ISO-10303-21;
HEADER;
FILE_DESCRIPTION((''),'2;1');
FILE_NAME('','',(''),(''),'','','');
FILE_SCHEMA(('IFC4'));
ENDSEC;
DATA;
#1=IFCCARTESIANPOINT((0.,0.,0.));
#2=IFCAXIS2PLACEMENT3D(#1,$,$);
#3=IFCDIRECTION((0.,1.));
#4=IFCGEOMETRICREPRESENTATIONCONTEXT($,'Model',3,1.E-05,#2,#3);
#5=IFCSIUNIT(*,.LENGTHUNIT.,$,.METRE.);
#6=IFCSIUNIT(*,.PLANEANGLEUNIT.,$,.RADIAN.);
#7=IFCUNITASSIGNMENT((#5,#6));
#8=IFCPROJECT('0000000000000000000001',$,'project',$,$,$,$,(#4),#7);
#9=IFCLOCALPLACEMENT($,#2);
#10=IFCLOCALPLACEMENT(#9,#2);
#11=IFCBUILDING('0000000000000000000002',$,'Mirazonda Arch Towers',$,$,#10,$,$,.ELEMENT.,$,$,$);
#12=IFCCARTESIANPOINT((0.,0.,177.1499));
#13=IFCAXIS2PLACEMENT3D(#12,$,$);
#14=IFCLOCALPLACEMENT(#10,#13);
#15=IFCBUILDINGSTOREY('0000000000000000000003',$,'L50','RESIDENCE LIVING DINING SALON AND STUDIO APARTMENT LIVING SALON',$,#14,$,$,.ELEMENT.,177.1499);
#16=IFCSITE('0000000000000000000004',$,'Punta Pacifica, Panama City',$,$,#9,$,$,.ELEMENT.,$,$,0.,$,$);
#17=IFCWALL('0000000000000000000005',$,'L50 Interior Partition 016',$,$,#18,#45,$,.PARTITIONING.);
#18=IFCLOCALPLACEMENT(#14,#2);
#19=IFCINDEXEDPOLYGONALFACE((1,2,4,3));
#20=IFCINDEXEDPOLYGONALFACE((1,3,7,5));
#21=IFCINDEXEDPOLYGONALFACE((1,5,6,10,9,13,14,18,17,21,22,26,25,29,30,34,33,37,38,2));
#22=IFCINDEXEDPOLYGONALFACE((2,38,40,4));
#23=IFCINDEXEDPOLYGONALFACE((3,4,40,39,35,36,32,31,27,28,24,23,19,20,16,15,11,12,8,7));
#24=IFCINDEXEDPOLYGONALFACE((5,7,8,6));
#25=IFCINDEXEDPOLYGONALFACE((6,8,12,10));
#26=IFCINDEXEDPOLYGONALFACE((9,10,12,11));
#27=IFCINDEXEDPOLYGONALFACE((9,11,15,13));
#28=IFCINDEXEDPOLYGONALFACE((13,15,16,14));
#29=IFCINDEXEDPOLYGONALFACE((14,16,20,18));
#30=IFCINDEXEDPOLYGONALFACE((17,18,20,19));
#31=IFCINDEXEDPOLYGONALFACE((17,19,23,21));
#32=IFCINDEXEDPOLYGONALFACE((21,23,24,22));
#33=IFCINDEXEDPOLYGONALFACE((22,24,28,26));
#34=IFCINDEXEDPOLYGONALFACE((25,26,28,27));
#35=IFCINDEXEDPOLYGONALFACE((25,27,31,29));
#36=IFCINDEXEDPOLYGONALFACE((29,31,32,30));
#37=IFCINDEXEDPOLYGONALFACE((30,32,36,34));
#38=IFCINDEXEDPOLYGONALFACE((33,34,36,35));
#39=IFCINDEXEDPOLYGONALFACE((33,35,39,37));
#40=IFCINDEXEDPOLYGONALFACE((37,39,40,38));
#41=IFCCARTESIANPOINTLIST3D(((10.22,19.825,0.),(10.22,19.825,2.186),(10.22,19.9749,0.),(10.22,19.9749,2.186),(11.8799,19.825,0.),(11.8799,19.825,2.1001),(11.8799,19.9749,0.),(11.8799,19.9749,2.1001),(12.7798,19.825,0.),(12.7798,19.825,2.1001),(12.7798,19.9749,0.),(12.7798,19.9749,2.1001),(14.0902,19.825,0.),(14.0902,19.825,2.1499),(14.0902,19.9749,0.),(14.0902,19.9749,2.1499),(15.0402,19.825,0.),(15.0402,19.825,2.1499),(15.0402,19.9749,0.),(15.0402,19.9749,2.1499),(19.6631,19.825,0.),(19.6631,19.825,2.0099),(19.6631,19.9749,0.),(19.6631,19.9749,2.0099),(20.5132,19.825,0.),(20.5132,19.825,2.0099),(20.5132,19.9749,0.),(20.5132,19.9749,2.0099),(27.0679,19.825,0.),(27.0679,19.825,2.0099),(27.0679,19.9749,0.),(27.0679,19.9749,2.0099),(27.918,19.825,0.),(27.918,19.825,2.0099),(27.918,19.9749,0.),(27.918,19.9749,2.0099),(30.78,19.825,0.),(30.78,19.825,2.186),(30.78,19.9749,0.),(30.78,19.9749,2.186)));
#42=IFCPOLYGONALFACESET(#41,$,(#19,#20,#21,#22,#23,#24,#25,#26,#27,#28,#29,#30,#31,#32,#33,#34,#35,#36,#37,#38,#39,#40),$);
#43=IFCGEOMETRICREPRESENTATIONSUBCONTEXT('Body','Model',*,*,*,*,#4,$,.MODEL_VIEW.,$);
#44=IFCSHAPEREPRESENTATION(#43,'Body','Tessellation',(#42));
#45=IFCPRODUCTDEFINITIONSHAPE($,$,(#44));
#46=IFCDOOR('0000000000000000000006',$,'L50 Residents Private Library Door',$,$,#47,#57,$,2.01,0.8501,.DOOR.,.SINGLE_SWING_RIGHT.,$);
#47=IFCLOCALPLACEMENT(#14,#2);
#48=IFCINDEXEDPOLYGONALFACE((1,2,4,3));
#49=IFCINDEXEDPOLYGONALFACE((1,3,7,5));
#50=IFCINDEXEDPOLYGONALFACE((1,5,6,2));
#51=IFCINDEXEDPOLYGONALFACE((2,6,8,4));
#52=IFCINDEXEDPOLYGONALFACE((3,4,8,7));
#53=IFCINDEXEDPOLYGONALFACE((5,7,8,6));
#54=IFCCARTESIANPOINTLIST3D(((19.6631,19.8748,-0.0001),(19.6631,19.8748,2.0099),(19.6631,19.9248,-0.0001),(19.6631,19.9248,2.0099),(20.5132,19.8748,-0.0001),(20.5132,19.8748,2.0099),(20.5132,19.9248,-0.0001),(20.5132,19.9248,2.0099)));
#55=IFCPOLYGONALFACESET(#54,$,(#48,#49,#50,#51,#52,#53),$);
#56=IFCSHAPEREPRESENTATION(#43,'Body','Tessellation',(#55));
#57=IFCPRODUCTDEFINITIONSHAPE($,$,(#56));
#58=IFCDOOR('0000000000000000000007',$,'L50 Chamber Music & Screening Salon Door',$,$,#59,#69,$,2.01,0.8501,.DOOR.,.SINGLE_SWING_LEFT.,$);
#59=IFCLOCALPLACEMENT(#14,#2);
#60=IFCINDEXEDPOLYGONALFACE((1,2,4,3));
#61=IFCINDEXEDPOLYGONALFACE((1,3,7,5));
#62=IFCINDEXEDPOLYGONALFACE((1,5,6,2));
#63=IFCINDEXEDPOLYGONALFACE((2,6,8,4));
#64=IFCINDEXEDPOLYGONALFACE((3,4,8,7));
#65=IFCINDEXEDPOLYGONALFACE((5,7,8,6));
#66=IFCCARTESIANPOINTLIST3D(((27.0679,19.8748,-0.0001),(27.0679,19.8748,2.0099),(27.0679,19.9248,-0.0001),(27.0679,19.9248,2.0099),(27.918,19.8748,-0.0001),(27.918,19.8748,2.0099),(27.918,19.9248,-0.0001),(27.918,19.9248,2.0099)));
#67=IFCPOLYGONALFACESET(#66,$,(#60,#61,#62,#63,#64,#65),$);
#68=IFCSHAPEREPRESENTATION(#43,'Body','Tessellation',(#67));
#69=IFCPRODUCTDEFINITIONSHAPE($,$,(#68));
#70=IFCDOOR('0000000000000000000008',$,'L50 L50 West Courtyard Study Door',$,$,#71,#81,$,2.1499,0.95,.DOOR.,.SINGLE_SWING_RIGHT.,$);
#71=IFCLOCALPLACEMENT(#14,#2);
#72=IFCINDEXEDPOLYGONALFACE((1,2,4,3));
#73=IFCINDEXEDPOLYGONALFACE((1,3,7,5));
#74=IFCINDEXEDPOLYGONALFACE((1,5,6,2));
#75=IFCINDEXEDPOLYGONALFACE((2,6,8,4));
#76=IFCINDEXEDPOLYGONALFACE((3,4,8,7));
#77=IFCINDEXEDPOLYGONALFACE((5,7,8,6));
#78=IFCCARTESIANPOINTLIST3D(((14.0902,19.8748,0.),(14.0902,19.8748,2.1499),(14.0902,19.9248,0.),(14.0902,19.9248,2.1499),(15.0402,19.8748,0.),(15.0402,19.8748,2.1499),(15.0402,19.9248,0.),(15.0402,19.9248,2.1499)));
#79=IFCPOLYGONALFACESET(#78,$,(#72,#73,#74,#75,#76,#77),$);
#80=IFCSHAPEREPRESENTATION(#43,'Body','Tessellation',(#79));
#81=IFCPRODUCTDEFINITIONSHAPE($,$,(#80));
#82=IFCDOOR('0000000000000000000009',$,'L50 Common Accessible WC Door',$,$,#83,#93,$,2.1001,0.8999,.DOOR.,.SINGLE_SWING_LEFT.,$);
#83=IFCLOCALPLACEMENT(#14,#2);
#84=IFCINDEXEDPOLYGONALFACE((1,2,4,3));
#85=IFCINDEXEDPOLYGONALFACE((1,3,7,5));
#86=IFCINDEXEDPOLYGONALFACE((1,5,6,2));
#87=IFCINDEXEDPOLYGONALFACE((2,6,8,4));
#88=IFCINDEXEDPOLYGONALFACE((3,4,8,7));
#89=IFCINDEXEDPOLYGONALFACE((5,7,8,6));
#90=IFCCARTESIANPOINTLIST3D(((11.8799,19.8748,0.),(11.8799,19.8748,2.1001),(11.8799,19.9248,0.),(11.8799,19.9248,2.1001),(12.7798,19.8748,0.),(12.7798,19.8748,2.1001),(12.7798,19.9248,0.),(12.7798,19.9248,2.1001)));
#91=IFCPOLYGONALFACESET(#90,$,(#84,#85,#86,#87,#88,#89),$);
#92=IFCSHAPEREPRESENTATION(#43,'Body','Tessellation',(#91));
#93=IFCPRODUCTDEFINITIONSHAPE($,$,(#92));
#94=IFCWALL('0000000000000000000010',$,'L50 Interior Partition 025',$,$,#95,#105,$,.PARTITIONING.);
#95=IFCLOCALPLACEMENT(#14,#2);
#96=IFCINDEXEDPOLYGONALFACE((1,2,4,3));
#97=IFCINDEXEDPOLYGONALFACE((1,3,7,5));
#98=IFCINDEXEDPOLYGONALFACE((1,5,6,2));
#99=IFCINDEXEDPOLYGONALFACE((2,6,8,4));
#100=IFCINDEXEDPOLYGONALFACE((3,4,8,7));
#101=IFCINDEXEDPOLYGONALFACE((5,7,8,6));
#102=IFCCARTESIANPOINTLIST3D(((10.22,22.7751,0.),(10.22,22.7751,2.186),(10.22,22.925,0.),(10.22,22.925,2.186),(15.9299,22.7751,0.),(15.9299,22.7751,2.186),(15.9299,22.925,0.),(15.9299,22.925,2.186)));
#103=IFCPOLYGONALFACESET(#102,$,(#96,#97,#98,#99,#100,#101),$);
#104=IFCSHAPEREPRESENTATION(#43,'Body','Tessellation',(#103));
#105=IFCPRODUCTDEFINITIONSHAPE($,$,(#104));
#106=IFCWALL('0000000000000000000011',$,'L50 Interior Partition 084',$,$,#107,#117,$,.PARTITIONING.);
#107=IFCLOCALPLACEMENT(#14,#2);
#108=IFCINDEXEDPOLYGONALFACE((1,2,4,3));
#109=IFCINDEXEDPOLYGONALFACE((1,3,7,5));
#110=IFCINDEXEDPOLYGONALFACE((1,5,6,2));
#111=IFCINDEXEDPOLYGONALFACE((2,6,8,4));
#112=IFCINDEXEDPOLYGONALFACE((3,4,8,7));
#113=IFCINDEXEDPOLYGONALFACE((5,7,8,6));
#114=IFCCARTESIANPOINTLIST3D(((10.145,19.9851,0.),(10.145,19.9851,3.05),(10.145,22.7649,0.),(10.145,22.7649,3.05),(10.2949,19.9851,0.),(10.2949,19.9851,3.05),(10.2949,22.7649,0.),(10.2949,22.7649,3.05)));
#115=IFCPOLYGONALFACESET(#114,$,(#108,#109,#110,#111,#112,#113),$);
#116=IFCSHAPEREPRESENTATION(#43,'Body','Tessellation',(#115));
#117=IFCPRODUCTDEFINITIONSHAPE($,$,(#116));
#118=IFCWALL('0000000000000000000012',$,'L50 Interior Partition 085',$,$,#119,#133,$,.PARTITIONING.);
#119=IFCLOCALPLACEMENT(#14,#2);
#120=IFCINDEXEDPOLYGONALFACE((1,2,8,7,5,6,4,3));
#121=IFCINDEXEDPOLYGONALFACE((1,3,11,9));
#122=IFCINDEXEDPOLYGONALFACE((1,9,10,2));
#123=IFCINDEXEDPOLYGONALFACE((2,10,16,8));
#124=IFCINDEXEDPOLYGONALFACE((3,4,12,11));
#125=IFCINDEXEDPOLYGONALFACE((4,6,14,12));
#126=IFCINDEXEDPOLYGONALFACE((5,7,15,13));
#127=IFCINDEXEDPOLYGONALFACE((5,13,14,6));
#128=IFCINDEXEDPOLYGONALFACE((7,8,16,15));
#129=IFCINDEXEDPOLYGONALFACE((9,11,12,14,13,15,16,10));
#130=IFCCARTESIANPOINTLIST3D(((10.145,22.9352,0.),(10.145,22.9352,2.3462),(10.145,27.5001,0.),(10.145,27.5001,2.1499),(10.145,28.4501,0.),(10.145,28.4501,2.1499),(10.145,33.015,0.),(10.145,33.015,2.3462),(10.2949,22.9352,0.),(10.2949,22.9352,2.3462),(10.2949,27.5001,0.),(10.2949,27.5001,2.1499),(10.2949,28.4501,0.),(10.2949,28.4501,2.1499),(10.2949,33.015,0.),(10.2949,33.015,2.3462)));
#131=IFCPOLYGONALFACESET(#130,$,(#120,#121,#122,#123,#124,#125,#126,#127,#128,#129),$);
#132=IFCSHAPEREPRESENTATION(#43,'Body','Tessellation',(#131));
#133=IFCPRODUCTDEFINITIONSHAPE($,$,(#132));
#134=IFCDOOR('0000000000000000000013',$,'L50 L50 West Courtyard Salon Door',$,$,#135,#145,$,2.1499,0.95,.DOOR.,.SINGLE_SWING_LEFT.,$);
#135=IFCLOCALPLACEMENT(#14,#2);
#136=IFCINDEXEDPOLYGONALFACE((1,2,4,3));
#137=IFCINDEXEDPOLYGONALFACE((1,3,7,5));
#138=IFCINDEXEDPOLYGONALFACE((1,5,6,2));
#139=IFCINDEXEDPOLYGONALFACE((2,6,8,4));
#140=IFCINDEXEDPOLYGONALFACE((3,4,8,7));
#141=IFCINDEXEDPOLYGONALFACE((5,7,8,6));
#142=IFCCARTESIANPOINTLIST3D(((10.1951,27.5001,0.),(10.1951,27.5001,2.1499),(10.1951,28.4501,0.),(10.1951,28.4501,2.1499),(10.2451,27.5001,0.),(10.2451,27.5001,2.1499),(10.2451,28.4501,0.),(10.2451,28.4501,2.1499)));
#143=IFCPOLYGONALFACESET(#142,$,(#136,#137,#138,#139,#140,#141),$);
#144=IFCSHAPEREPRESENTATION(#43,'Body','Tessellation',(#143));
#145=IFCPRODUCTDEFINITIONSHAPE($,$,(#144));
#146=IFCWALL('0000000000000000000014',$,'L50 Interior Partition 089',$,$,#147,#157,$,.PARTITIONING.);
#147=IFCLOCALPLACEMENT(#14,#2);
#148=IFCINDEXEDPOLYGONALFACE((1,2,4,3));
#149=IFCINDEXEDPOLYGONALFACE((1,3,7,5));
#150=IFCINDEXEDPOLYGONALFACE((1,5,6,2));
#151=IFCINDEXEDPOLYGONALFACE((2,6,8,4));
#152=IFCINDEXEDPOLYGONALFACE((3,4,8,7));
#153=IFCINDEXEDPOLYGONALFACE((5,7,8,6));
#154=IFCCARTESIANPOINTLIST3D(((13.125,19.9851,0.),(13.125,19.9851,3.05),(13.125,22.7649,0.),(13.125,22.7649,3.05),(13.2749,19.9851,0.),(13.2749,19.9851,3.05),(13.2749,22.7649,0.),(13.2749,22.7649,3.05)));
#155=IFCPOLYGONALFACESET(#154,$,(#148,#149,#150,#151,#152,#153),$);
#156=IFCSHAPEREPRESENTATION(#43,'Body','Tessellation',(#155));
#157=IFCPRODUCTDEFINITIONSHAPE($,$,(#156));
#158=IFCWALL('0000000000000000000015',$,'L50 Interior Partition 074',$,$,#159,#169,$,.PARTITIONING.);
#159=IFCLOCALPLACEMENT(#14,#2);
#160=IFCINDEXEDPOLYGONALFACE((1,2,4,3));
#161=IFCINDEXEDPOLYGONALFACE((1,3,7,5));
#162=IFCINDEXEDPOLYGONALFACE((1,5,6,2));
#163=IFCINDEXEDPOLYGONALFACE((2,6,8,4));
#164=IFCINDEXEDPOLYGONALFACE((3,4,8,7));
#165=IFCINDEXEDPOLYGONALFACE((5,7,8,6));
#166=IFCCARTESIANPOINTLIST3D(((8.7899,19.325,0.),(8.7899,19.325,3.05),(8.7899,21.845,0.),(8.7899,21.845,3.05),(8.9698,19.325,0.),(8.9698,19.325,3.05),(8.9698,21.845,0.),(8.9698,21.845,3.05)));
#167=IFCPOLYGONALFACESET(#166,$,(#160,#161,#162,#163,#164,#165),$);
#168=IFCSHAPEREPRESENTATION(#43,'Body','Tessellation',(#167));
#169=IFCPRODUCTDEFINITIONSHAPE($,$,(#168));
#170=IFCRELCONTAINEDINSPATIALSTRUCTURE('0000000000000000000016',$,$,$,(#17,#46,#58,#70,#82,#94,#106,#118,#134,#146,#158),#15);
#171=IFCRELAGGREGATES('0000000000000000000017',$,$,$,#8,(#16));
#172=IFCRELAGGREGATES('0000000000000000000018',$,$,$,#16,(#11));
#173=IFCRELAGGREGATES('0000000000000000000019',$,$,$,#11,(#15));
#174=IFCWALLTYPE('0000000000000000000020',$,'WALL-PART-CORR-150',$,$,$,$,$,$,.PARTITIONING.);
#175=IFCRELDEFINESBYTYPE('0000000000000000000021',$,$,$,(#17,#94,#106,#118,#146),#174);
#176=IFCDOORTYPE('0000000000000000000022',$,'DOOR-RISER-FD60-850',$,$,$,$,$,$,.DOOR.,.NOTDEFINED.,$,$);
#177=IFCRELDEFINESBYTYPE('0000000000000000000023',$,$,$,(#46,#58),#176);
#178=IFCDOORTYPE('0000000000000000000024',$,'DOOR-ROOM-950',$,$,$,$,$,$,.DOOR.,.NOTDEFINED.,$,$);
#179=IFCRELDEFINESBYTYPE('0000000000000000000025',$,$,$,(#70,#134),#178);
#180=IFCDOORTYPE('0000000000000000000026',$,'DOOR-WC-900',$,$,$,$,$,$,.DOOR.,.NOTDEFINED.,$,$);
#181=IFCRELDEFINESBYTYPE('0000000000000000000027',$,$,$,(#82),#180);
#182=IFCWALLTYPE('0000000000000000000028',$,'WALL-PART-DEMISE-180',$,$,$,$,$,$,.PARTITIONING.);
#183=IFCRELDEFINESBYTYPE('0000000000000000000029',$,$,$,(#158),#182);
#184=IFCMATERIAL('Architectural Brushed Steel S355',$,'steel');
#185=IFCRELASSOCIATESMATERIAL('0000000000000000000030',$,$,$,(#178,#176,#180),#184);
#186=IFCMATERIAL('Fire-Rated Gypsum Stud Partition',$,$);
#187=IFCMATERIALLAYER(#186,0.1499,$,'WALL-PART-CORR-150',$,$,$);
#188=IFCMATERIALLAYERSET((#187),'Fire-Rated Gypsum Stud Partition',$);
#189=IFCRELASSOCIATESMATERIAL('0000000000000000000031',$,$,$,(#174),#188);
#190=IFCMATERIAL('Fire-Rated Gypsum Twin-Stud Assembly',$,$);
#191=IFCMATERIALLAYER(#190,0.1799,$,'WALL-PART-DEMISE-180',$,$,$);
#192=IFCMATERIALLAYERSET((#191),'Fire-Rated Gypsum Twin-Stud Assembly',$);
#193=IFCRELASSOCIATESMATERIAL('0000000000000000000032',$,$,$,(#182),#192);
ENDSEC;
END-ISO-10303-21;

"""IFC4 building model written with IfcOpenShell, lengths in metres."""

from ifc_helpers import new_model, si_unit, direction, frame, frame_2d, origin, place, context, subcontext, project, spatial, rectangle, extrude, material, layer, layer_set, type_object, element, fill, save


model = new_model("IFC4")

# Units and contexts
model_context = context("Model", 3, precision=1e-05, world=origin(), true_north=direction((0.0, 1.0)))
body_context = subcontext(model_context, "Body", "Model", "MODEL_VIEW")
ifc_project = project(units=[si_unit("LENGTHUNIT", "METRE"), si_unit("PLANEANGLEUNIT", "RADIAN")], contexts=[model_context])

# Site, building, storey
site_placement = place(None, origin())
site = spatial("IfcSite", under=ifc_project, at=site_placement, Name="Punta Pacifica, Panama City", CompositionType="ELEMENT", RefElevation=0.0)
building_placement = place(site_placement, origin())
building = spatial("IfcBuilding", under=site, at=building_placement, Name="Mirazonda Arch Towers", CompositionType="ELEMENT")
storey_placement = place(building_placement, frame((0.0, 0.0, 177.1499)))
storey = spatial("IfcBuildingStorey", under=building, at=storey_placement, Name="L50", Description="RESIDENCE LIVING DINING SALON AND STUDIO APARTMENT LIVING SALON", CompositionType="ELEMENT", Elevation=177.1499)

# Shared definitions
ifc_material_1 = material(Name="Architectural Brushed Steel S355", Category="steel")

# Shared definitions
door_type_1 = type_object("IfcDoorType", Name="DOOR-ROOM-950", OperationType="NOTDEFINED", PredefinedType="DOOR", material=ifc_material_1)

# Shared definitions
ifc_material_2 = material(Name="Fire-Rated Gypsum Stud Partition")
ifc_layer_1 = layer(ifc_material_2, 0.1499, Name="WALL-PART-CORR-150")
ifc_layer_set_1 = layer_set([ifc_layer_1], Name="Fire-Rated Gypsum Stud Partition")
wall_type_1 = type_object("IfcWallType", Name="WALL-PART-CORR-150", PredefinedType="PARTITIONING", material=ifc_layer_set_1)

# Wall, openings, doors
wall_1_placement = place(storey_placement, frame((10.22, 19.8999, 0.0), z_axis=(0.0, 0.0, 1.0), x_axis=(1.0, 0.0, 0.0)))
wall_1 = element("IfcWall", 1, at=wall_1_placement, inside=storey, type_object=wall_type_1, Name="L50 Interior Partition 016", PredefinedType="PARTITIONING", context=body_context, shape_type="SweptSolid", body=[
    extrude(rectangle(XDim=20.5601, YDim=0.1499, at=frame_2d((10.28, 0.0))), origin(), (0.0, 0.0, 1.0), 2.186),
])
opening_1_placement = place(wall_1_placement, frame((1.6599, 0.0, 0.0)))
opening_1 = element("IfcOpeningElement", 2, at=opening_1_placement, cuts=wall_1, PredefinedType="OPENING", context=body_context, shape_type="SweptSolid", body=[
    extrude(rectangle(XDim=0.8999, YDim=2.1001, at=frame_2d((0.45, 1.05))), frame((0.0, 0.085, 0.0), z_axis=(0.0, -1.0, 0.0), x_axis=(1.0, 0.0, 0.0)), (0.0, 0.0, 1.0), 0.1699),
])
opening_2_placement = place(wall_1_placement, frame((3.8701, 0.0, 0.0)))
opening_2 = element("IfcOpeningElement", 3, at=opening_2_placement, cuts=wall_1, PredefinedType="OPENING", context=body_context, shape_type="SweptSolid", body=[
    extrude(rectangle(XDim=0.95, YDim=2.1499, at=frame_2d((0.4751, 1.075))), frame((0.0, 0.085, 0.0), z_axis=(0.0, -1.0, 0.0), x_axis=(1.0, 0.0, 0.0)), (0.0, 0.0, 1.0), 0.1699),
])
opening_3_placement = place(wall_1_placement, frame((9.4431, 0.0, 0.0)))
opening_3 = element("IfcOpeningElement", 4, at=opening_3_placement, cuts=wall_1, PredefinedType="OPENING", context=body_context, shape_type="SweptSolid", body=[
    extrude(rectangle(XDim=0.8501, YDim=2.01, at=frame_2d((0.425, 1.0049))), frame((0.0, 0.085, 0.0), z_axis=(0.0, -1.0, 0.0), x_axis=(1.0, 0.0, 0.0)), (0.0, 0.0, 1.0), 0.1699),
])
opening_4_placement = place(wall_1_placement, frame((16.8479, 0.0, 0.0)))
opening_4 = element("IfcOpeningElement", 5, at=opening_4_placement, cuts=wall_1, PredefinedType="OPENING", context=body_context, shape_type="SweptSolid", body=[
    extrude(rectangle(XDim=0.8501, YDim=2.01, at=frame_2d((0.425, 1.0049))), frame((0.0, 0.085, 0.0), z_axis=(0.0, -1.0, 0.0), x_axis=(1.0, 0.0, 0.0)), (0.0, 0.0, 1.0), 0.1699),
])
door_type_2 = type_object("IfcDoorType", Name="DOOR-RISER-FD60-850", OperationType="NOTDEFINED", PredefinedType="DOOR", material=ifc_material_1)
door_1_placement = place(opening_3_placement, origin())
door_1 = element("IfcDoor", 6, at=door_1_placement, inside=storey, type_object=door_type_2, Name="L50 Residents Private Library Door", OperationType="SINGLE_SWING_RIGHT", OverallHeight=2.01, OverallWidth=0.8501, PredefinedType="DOOR", context=body_context, shape_type="SweptSolid", body=[
    extrude(rectangle(XDim=0.8501, YDim=2.01, at=frame_2d((0.425, 1.0049))), frame((0.0, 0.0249, 0.0), z_axis=(0.0, -1.0, 0.0), x_axis=(1.0, 0.0, 0.0)), (0.0, 0.0, 1.0), 0.05),
])
fill(opening_3, door_1)
door_2_placement = place(opening_4_placement, origin())
door_2 = element("IfcDoor", 7, at=door_2_placement, inside=storey, type_object=door_type_2, Name="L50 Chamber Music & Screening Salon Door", OperationType="SINGLE_SWING_LEFT", OverallHeight=2.01, OverallWidth=0.8501, PredefinedType="DOOR", context=body_context, shape_type="SweptSolid", body=[
    extrude(rectangle(XDim=0.8501, YDim=2.01, at=frame_2d((0.425, 1.0049))), frame((0.0, 0.0249, 0.0), z_axis=(0.0, -1.0, 0.0), x_axis=(1.0, 0.0, 0.0)), (0.0, 0.0, 1.0), 0.05),
])
fill(opening_4, door_2)
door_3_placement = place(opening_2_placement, origin())
door_3 = element("IfcDoor", 8, at=door_3_placement, inside=storey, type_object=door_type_1, Name="L50 L50 West Courtyard Study Door", OperationType="SINGLE_SWING_RIGHT", OverallHeight=2.1499, OverallWidth=0.95, PredefinedType="DOOR", context=body_context, shape_type="SweptSolid", body=[
    extrude(rectangle(XDim=0.95, YDim=2.1499, at=frame_2d((0.4751, 1.075))), frame((0.0, 0.0249, 0.0), z_axis=(0.0, -1.0, 0.0), x_axis=(1.0, 0.0, 0.0)), (0.0, 0.0, 1.0), 0.05),
])
fill(opening_2, door_3)
door_type_3 = type_object("IfcDoorType", Name="DOOR-WC-900", OperationType="NOTDEFINED", PredefinedType="DOOR", material=ifc_material_1)
door_4_placement = place(opening_1_placement, origin())
door_4 = element("IfcDoor", 9, at=door_4_placement, inside=storey, type_object=door_type_3, Name="L50 Common Accessible WC Door", OperationType="SINGLE_SWING_LEFT", OverallHeight=2.1001, OverallWidth=0.8999, PredefinedType="DOOR", context=body_context, shape_type="SweptSolid", body=[
    extrude(rectangle(XDim=0.8999, YDim=2.1001, at=frame_2d((0.45, 1.05))), frame((0.0, 0.0249, 0.0), z_axis=(0.0, -1.0, 0.0), x_axis=(1.0, 0.0, 0.0)), (0.0, 0.0, 1.0), 0.05),
])
fill(opening_1, door_4)

# Walls
wall_2_placement = place(storey_placement, frame((10.22, 22.8501, 0.0), z_axis=(0.0, 0.0, 1.0), x_axis=(1.0, 0.0, 0.0)))
element("IfcWall", 10, at=wall_2_placement, inside=storey, type_object=wall_type_1, Name="L50 Interior Partition 025", PredefinedType="PARTITIONING", context=body_context, shape_type="SweptSolid", body=[
    extrude(rectangle(XDim=5.71, YDim=0.1499, at=frame_2d((2.855, 0.0))), origin(), (0.0, 0.0, 1.0), 2.186),
])
wall_3_placement = place(storey_placement, frame((10.22, 19.9851, 0.0), z_axis=(0.0, 0.0, 1.0), x_axis=(0.0, 1.0, 0.0)))
element("IfcWall", 11, at=wall_3_placement, inside=storey, type_object=wall_type_1, Name="L50 Interior Partition 084", PredefinedType="PARTITIONING", context=body_context, shape_type="SweptSolid", body=[
    extrude(rectangle(XDim=2.7798, YDim=0.1499, at=frame_2d((1.3899, 0.0))), origin(), (0.0, 0.0, 1.0), 3.05),
])

# Wall, opening, door
wall_4_placement = place(storey_placement, frame((10.22, 22.9351, 0.0), z_axis=(0.0, 0.0, 1.0), x_axis=(0.0, 1.0, 0.0)))
wall_4 = element("IfcWall", 12, at=wall_4_placement, inside=storey, type_object=wall_type_1, Name="L50 Interior Partition 085", PredefinedType="PARTITIONING", context=body_context, shape_type="SweptSolid", body=[
    extrude(rectangle(XDim=10.0798, YDim=0.1499, at=frame_2d((5.04, 0.0))), origin(), (0.0, 0.0, 1.0), 2.3462),
])
opening_5_placement = place(wall_4_placement, frame((4.5649, 0.0, 0.0)))
opening_5 = element("IfcOpeningElement", 13, at=opening_5_placement, cuts=wall_4, PredefinedType="OPENING", context=body_context, shape_type="SweptSolid", body=[
    extrude(rectangle(XDim=0.95, YDim=2.1499, at=frame_2d((0.4751, 1.075))), frame((0.0, 0.085, 0.0), z_axis=(0.0, -1.0, 0.0), x_axis=(1.0, 0.0, 0.0)), (0.0, 0.0, 1.0), 0.1699),
])
door_5_placement = place(opening_5_placement, origin())
door_5 = element("IfcDoor", 14, at=door_5_placement, inside=storey, type_object=door_type_1, Name="L50 L50 West Courtyard Salon Door", OperationType="SINGLE_SWING_LEFT", OverallHeight=2.1499, OverallWidth=0.95, PredefinedType="DOOR", context=body_context, shape_type="SweptSolid", body=[
    extrude(rectangle(XDim=0.95, YDim=2.1499, at=frame_2d((0.4751, 1.075))), frame((0.0, 0.0249, 0.0), z_axis=(0.0, -1.0, 0.0), x_axis=(1.0, 0.0, 0.0)), (0.0, 0.0, 1.0), 0.05),
])
fill(opening_5, door_5)

# Walls
wall_5_placement = place(storey_placement, frame((13.2, 19.9851, 0.0), z_axis=(0.0, 0.0, 1.0), x_axis=(0.0, 1.0, 0.0)))
element("IfcWall", 15, at=wall_5_placement, inside=storey, type_object=wall_type_1, Name="L50 Interior Partition 089", PredefinedType="PARTITIONING", context=body_context, shape_type="SweptSolid", body=[
    extrude(rectangle(XDim=2.7798, YDim=0.1499, at=frame_2d((1.3899, 0.0))), origin(), (0.0, 0.0, 1.0), 3.05),
])
ifc_material_3 = material(Name="Fire-Rated Gypsum Twin-Stud Assembly")
ifc_layer_2 = layer(ifc_material_3, 0.1799, Name="WALL-PART-DEMISE-180")
ifc_layer_set_2 = layer_set([ifc_layer_2], Name="Fire-Rated Gypsum Twin-Stud Assembly")
wall_type_2 = type_object("IfcWallType", Name="WALL-PART-DEMISE-180", PredefinedType="PARTITIONING", material=ifc_layer_set_2)
wall_6_placement = place(storey_placement, frame((8.8799, 19.325, 0.0), z_axis=(0.0, 0.0, 1.0), x_axis=(0.0, 1.0, 0.0)))
element("IfcWall", 16, at=wall_6_placement, inside=storey, type_object=wall_type_2, Name="L50 Interior Partition 074", PredefinedType="PARTITIONING", context=body_context, shape_type="SweptSolid", body=[
    extrude(rectangle(XDim=2.52, YDim=0.1799, at=frame_2d((1.26, 0.0))), origin(), (0.0, 0.0, 1.0), 3.05),
])

save(model, "model.ifc")
